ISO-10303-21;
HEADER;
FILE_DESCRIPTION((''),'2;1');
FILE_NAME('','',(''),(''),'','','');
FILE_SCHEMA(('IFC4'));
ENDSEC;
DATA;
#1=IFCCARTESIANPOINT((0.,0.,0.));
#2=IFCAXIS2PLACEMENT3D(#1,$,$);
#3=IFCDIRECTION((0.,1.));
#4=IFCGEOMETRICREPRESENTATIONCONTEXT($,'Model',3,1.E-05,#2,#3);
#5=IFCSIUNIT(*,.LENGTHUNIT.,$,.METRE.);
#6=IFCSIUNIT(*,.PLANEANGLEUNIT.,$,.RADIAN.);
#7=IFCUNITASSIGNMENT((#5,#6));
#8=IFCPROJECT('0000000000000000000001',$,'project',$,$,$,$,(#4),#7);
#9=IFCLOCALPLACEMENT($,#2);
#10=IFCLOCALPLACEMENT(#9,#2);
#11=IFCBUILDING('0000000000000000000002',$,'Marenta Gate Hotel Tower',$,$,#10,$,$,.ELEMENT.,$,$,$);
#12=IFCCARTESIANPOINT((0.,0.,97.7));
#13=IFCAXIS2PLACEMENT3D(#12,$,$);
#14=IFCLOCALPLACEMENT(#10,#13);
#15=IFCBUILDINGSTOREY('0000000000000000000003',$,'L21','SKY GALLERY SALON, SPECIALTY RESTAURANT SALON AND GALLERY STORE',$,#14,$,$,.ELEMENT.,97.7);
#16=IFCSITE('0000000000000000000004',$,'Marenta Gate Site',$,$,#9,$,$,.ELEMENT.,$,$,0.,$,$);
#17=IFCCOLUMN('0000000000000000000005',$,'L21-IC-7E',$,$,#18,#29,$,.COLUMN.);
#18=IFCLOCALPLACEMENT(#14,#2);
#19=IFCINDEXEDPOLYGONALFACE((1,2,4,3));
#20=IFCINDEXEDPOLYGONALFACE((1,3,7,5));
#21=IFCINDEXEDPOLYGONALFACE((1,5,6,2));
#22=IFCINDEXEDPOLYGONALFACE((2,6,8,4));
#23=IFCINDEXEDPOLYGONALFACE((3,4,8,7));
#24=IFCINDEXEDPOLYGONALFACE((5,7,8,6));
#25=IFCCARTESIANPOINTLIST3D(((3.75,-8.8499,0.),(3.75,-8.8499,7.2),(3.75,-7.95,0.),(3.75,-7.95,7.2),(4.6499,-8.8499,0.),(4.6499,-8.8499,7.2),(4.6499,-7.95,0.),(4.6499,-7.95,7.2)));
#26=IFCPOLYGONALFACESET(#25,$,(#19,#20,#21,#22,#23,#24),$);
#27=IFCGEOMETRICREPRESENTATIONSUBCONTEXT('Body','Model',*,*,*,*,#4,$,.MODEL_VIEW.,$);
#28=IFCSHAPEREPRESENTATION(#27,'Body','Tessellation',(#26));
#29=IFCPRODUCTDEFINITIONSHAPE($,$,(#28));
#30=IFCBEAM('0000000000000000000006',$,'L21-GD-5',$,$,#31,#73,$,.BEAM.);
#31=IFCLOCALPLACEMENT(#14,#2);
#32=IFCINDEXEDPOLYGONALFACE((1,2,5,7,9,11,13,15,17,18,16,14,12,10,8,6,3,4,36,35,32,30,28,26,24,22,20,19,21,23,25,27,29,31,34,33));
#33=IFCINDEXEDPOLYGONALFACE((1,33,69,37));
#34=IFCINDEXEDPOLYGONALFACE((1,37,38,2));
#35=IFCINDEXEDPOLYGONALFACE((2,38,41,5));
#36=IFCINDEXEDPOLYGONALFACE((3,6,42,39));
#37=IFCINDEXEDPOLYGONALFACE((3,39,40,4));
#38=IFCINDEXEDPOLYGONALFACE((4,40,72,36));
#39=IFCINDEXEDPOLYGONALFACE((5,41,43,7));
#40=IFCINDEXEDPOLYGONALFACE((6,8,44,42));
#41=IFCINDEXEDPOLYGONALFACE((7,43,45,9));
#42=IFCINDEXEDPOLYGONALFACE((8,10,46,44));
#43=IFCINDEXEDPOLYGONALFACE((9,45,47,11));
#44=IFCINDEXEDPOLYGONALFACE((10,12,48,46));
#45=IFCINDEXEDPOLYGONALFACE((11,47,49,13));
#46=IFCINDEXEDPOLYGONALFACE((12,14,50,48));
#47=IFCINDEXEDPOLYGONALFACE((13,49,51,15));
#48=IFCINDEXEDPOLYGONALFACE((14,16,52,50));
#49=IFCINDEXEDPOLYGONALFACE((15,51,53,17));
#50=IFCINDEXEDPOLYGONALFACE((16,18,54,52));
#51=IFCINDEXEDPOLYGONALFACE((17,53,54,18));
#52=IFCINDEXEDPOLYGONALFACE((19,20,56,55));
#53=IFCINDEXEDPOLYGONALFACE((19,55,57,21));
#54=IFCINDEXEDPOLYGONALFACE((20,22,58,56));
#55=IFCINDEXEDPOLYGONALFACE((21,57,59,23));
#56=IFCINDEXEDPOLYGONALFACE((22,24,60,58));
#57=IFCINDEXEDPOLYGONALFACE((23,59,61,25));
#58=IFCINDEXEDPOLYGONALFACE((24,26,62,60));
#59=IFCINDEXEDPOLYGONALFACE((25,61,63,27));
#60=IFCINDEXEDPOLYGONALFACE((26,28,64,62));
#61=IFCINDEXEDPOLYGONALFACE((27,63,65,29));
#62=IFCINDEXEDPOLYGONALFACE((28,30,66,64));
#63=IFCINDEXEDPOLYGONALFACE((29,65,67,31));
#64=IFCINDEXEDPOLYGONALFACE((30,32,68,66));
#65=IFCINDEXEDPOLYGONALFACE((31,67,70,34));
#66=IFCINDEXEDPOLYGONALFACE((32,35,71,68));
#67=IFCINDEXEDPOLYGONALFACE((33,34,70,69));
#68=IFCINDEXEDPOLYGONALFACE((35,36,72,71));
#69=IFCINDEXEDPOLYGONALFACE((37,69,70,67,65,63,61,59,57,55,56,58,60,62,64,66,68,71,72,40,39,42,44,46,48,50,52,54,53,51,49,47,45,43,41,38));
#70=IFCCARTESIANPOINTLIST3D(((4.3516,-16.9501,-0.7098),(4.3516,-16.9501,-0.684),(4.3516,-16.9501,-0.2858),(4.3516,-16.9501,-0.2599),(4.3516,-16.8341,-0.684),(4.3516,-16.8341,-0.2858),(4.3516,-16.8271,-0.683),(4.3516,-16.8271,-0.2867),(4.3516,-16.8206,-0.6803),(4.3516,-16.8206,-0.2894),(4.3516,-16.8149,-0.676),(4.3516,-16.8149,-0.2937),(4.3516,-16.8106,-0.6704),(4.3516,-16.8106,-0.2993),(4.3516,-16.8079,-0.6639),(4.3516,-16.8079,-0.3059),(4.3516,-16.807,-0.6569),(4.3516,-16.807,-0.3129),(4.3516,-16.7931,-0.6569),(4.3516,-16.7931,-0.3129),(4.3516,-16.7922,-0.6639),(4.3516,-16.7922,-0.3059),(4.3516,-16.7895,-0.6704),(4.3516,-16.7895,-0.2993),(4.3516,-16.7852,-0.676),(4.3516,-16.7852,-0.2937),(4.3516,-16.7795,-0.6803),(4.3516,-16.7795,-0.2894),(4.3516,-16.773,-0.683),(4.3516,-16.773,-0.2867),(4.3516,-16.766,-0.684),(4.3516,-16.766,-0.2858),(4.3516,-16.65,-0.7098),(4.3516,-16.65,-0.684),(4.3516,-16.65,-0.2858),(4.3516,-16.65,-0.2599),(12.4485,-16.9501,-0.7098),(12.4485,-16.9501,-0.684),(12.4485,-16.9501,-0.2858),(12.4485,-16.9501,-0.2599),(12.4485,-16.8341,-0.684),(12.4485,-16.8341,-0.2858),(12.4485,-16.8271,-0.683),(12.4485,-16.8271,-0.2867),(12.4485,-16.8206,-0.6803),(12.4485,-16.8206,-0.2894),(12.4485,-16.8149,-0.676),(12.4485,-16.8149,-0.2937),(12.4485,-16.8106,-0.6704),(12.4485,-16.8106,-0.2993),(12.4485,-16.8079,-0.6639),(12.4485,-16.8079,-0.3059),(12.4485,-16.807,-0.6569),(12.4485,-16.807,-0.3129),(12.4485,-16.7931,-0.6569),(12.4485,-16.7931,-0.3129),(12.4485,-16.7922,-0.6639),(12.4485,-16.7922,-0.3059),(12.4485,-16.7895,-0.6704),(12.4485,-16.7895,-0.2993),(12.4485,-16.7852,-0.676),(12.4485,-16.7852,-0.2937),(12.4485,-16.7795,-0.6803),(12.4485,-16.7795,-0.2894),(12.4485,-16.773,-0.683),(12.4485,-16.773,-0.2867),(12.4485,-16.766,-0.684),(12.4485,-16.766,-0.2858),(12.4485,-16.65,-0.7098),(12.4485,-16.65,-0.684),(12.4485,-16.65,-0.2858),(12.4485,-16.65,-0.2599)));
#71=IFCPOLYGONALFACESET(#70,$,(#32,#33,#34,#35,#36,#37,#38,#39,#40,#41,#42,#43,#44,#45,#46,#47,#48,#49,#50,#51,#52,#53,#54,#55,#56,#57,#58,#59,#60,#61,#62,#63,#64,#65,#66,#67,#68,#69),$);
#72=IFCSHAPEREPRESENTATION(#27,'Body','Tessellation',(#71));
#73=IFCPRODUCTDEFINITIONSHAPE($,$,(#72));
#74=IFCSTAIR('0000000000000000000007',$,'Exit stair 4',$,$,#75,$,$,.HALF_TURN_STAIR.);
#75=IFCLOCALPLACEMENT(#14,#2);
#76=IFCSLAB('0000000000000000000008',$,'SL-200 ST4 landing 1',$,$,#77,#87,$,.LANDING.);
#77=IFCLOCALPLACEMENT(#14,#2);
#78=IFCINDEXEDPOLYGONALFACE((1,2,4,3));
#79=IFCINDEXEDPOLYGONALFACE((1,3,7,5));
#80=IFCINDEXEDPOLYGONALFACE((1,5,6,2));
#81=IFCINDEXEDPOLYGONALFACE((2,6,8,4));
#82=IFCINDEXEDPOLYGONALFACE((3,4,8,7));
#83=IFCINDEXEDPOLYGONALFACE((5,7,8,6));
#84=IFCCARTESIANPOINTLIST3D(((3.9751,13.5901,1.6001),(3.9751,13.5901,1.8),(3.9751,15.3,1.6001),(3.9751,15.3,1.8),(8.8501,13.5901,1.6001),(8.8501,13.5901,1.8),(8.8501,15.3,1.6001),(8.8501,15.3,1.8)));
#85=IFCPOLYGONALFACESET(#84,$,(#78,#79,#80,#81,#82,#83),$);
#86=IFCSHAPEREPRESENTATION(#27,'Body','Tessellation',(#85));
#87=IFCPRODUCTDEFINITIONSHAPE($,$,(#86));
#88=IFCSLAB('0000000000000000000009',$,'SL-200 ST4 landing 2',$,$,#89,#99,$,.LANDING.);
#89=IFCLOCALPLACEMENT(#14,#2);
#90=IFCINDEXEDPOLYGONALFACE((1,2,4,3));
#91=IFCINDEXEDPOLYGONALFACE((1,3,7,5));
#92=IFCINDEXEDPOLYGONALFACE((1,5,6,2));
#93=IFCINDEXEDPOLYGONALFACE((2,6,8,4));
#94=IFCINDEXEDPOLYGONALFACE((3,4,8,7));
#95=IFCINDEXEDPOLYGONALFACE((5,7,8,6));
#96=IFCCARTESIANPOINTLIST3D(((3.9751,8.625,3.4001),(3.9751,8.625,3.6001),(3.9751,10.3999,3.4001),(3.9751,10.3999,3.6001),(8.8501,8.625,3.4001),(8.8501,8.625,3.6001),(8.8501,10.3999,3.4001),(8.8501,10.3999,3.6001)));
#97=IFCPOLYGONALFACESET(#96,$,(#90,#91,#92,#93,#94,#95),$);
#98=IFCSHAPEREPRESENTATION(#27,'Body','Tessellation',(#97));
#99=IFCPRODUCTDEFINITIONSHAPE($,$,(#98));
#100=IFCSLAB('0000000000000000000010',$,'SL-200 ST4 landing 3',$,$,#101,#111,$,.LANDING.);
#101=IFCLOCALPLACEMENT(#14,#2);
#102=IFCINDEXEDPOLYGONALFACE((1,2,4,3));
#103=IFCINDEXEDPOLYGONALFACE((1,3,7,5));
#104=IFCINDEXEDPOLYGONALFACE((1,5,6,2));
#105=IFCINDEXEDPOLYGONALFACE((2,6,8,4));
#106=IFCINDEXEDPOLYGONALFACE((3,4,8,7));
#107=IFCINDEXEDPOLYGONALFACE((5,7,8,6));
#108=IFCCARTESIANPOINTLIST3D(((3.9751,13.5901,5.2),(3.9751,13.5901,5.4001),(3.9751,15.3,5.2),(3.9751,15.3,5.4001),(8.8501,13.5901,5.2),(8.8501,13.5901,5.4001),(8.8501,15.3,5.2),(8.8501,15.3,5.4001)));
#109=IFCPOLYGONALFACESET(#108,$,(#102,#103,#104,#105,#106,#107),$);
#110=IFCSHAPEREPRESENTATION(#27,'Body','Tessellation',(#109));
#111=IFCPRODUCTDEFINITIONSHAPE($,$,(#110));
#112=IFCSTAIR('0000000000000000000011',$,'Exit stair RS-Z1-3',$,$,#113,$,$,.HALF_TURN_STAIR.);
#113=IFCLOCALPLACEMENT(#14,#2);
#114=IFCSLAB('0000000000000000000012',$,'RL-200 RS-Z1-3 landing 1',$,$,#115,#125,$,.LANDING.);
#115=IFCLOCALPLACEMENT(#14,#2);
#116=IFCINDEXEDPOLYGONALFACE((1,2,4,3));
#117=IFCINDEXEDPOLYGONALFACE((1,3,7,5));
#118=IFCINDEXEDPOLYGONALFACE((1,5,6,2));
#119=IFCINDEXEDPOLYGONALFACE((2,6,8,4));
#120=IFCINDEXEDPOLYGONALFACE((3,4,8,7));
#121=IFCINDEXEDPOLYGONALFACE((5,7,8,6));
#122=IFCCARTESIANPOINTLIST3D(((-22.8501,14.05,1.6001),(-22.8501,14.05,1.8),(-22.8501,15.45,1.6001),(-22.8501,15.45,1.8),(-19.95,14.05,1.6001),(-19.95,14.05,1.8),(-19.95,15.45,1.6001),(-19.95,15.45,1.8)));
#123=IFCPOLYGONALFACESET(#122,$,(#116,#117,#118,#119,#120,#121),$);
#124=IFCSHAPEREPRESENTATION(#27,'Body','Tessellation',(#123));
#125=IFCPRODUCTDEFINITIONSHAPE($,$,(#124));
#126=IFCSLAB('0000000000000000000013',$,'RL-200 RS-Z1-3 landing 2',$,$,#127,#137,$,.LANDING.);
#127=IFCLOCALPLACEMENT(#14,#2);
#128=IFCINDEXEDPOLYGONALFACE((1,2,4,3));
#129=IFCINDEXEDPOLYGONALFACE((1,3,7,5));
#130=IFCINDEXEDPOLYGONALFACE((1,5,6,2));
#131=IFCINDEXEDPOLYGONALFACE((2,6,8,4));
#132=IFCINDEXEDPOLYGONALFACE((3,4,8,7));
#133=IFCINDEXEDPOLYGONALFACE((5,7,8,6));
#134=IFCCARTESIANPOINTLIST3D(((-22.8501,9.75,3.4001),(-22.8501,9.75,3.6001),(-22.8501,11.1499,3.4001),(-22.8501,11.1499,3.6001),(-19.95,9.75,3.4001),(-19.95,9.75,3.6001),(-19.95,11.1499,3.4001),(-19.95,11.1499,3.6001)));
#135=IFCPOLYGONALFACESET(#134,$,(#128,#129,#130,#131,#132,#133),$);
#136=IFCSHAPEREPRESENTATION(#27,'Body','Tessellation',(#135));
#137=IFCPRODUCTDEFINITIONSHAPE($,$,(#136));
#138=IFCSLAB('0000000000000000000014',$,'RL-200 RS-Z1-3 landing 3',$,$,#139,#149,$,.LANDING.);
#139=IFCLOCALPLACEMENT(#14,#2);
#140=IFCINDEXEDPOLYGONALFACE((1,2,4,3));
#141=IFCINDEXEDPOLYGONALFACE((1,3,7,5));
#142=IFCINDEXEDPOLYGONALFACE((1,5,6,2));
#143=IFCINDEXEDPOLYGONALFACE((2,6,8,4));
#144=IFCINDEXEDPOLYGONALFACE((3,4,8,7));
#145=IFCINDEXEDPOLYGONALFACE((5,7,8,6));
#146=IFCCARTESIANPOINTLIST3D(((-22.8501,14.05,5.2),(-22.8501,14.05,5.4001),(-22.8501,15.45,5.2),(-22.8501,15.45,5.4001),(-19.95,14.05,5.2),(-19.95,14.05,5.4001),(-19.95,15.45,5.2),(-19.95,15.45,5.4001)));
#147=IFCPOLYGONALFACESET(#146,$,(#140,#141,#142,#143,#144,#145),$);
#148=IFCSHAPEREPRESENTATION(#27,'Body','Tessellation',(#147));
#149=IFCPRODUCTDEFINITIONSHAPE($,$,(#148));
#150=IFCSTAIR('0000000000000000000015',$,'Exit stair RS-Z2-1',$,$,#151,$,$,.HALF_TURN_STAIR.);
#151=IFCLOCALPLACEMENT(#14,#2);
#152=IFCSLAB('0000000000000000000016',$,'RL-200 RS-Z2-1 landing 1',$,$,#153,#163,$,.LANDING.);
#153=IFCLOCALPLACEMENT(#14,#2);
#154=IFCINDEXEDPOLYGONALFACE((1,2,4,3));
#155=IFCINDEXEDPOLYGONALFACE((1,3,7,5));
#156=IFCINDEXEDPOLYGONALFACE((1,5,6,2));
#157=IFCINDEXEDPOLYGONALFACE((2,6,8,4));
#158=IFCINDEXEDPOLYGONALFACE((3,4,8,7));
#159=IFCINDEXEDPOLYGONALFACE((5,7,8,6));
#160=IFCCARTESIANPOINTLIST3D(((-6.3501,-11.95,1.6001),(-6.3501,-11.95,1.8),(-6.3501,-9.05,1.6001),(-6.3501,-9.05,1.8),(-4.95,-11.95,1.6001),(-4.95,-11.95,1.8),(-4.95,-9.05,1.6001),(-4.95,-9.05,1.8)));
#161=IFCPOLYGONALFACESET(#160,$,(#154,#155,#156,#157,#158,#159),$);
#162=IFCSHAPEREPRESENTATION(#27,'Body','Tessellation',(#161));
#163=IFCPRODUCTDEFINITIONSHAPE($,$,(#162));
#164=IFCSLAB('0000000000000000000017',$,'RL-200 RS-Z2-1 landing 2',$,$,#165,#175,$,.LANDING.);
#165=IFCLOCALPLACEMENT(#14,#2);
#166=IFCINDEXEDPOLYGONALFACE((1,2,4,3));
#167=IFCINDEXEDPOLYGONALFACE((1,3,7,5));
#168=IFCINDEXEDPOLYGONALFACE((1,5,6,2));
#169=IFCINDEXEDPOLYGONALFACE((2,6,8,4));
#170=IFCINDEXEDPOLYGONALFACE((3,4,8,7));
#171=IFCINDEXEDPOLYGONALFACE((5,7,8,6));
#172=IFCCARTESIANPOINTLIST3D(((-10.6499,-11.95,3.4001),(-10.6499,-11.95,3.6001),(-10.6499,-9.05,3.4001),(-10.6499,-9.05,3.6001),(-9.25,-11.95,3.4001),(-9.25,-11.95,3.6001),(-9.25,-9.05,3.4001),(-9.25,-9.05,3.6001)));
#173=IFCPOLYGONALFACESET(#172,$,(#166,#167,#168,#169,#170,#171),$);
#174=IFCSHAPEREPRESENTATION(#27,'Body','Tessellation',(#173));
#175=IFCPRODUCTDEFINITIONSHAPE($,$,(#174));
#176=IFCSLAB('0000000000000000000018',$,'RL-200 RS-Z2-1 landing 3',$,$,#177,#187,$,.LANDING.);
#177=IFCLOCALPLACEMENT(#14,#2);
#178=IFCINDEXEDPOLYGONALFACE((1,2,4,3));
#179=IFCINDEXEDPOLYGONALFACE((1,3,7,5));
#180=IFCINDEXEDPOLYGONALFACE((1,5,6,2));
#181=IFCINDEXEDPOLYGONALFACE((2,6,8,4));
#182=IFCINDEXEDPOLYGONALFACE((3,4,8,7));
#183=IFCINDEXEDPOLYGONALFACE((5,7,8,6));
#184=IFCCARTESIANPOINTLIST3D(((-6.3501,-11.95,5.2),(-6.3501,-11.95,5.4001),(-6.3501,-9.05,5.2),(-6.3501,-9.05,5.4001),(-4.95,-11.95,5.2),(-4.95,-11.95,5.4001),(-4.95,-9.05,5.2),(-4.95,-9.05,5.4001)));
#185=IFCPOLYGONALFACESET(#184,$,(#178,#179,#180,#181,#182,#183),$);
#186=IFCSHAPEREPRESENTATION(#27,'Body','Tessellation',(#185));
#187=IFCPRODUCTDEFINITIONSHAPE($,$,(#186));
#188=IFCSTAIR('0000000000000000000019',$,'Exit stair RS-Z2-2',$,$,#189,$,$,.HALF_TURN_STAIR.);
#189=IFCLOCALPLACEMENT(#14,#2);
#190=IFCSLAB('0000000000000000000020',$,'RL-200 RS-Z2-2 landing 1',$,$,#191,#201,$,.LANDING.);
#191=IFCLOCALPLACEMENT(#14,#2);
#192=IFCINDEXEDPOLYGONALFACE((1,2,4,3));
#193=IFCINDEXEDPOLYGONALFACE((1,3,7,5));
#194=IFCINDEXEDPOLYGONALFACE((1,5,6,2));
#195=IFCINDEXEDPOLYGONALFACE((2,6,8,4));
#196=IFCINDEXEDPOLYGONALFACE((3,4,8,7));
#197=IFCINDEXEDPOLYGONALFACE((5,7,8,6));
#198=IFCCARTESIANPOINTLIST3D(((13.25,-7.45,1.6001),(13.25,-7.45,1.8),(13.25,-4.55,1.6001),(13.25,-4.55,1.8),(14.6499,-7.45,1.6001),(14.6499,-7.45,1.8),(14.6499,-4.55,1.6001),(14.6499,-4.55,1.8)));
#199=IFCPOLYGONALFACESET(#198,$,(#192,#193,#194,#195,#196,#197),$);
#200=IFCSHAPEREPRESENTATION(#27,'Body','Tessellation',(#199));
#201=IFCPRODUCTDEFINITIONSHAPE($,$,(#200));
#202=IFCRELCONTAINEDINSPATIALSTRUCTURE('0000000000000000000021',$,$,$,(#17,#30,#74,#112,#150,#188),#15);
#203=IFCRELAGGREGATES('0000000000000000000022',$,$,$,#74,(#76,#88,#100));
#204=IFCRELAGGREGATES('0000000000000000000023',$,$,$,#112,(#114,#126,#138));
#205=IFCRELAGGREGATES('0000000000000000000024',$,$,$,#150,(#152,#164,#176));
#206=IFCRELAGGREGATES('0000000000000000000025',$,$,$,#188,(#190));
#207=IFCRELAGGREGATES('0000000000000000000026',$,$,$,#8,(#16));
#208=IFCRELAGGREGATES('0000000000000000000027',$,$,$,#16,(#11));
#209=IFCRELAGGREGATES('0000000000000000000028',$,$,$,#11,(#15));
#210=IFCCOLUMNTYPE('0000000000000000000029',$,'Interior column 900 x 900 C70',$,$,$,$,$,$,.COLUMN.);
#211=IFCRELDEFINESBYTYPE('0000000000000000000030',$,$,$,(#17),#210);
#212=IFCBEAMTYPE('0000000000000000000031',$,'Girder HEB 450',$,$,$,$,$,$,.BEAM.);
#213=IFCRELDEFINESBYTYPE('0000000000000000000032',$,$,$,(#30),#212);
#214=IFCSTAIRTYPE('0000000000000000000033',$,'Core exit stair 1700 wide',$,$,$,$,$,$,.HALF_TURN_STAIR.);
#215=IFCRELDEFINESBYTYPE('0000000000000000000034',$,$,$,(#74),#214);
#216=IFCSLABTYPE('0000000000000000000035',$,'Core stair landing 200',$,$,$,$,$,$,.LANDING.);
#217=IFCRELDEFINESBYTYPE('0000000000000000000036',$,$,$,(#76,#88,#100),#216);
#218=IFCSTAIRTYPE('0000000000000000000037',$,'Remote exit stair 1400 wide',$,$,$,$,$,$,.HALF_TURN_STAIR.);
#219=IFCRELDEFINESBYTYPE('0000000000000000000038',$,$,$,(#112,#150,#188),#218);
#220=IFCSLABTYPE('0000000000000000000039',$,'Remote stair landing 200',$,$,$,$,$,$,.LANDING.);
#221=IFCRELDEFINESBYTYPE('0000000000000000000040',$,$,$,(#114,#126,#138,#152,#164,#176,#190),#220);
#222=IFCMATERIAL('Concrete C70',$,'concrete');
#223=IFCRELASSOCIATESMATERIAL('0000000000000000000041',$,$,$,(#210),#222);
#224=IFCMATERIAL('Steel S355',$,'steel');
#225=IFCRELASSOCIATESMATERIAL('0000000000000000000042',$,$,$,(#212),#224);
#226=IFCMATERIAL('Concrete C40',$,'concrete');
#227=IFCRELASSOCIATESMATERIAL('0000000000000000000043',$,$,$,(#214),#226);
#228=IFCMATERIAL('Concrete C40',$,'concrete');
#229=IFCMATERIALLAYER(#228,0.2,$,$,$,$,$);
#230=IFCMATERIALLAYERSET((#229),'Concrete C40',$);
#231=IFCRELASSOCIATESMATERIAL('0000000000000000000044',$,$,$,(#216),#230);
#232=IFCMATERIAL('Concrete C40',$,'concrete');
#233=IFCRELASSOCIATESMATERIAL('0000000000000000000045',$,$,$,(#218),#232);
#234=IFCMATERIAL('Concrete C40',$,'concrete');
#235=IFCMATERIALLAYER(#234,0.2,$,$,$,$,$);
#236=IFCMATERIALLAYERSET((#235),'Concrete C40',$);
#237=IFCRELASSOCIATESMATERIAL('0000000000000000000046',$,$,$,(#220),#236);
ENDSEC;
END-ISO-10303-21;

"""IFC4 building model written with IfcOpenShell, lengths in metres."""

from ifc_helpers import new_model, si_unit, direction, frame, origin, origin_2d, place, context, subcontext, project, spatial, polyline, rectangle, i_section, outline, extrude, material, layer, layer_set, material_profile, profile_set, type_object, element, aggregate, save


model = new_model("IFC4")

# Units and contexts
model_context = context("Model", 3, precision=1e-05, world=origin(), true_north=direction((0.0, 1.0)))
body_context = subcontext(model_context, "Body", "Model", "MODEL_VIEW")
ifc_project = project(units=[si_unit("LENGTHUNIT", "METRE"), si_unit("PLANEANGLEUNIT", "RADIAN")], contexts=[model_context])

# Site, building, storey
site_placement = place(None, origin())
site = spatial("IfcSite", under=ifc_project, at=site_placement, Name="Marenta Gate Site", CompositionType="ELEMENT", RefElevation=0.0)
building_placement = place(site_placement, origin())
building = spatial("IfcBuilding", under=site, at=building_placement, Name="Marenta Gate Hotel Tower", CompositionType="ELEMENT")
storey_placement = place(building_placement, frame((0.0, 0.0, 97.7)))
storey = spatial("IfcBuildingStorey", under=building, at=storey_placement, Name="L21", Description="SKY GALLERY SALON, SPECIALTY RESTAURANT SALON AND GALLERY STORE", CompositionType="ELEMENT", Elevation=97.7)

# Column
ifc_material_1 = material(Name="Concrete C70", Category="concrete")
ifc_material_profile_1 = material_profile(ifc_material_1, rectangle(XDim=0.8999, YDim=0.8999, at=origin_2d()), Name="900 x 900")
ifc_profile_set_1 = profile_set([ifc_material_profile_1], Name="Concrete C70")
column_type = type_object("IfcColumnType", Name="Interior column 900 x 900 C70", PredefinedType="COLUMN", material=ifc_profile_set_1)
column_placement = place(storey_placement, frame((4.2, -8.3999, 0.0), z_axis=(0.0, 0.0, 1.0), x_axis=(1.0, 0.0, 0.0)))
element("IfcColumn", 1, at=column_placement, inside=storey, type_object=column_type, Name="L21-IC-7E", PredefinedType="COLUMN", context=body_context, shape_type="SweptSolid", body=[
    extrude(rectangle(XDim=0.8999, YDim=0.8999, at=origin_2d()), origin(), (0.0, 0.0, 1.0), 7.2),
])

# Beam
ifc_material_2 = material(Name="Steel S355", Category="steel")
ifc_material_profile_2 = material_profile(ifc_material_2, i_section(OverallWidth=0.3, OverallDepth=0.45, WebThickness=0.0139, FlangeThickness=0.0259, FilletRadius=0.0271, at=origin_2d()), Name="HEB 450")
ifc_profile_set_2 = profile_set([ifc_material_profile_2], Name="Steel S355")
beam_type = type_object("IfcBeamType", Name="Girder HEB 450", PredefinedType="BEAM", material=ifc_profile_set_2)
beam_placement = place(storey_placement, frame((4.3516, -16.8, -0.4849), z_axis=(1.0, 0.0, 0.0), x_axis=(0.0, 1.0, 0.0)))
element("IfcBeam", 2, at=beam_placement, inside=storey, type_object=beam_type, Name="L21-GD-5", PredefinedType="BEAM", context=body_context, shape_type="SweptSolid", body=[
    extrude(i_section(OverallWidth=0.3, OverallDepth=0.45, WebThickness=0.0139, FlangeThickness=0.0259, FilletRadius=0.0271, at=origin_2d()), origin(), (0.0, 0.0, 1.0), 8.0969),
])

# Stairs, slabs
ifc_material_3 = material(Name="Concrete C40", Category="concrete")
stair_type_1 = type_object("IfcStairType", Name="Core exit stair 1700 wide", PredefinedType="HALF_TURN_STAIR", material=ifc_material_3)
stair_1_placement = place(storey_placement, origin())
stair_1 = element("IfcStair", 3, at=stair_1_placement, inside=storey, type_object=stair_type_1, Name="Exit stair 4", PredefinedType="HALF_TURN_STAIR")
ifc_material_4 = material(Name="Concrete C40", Category="concrete")
ifc_layer_1 = layer(ifc_material_4, 0.2)
ifc_layer_set_1 = layer_set([ifc_layer_1], Name="Concrete C40")
slab_type_1 = type_object("IfcSlabType", Name="Core stair landing 200", PredefinedType="LANDING", material=ifc_layer_set_1)
slab_1_placement = place(storey_placement, frame((0.0, 0.0, 1.6001)))
slab_1 = element("IfcSlab", 4, at=slab_1_placement, type_object=slab_type_1, Name="SL-200 ST4 landing 1", PredefinedType="LANDING", context=body_context, shape_type="SweptSolid", body=[
    extrude(outline(polyline([(3.9751, 13.5901), (8.8501, 13.5901), (8.8501, 15.3), (3.9751, 15.3), (3.9751, 13.5901)])), origin(), (0.0, 0.0, 1.0), 0.2),
])
slab_2_placement = place(storey_placement, frame((0.0, 0.0, 3.4001)))
slab_2 = element("IfcSlab", 5, at=slab_2_placement, type_object=slab_type_1, Name="SL-200 ST4 landing 2", PredefinedType="LANDING", context=body_context, shape_type="SweptSolid", body=[
    extrude(outline(polyline([(3.9751, 8.625), (8.8501, 8.625), (8.8501, 10.3999), (3.9751, 10.3999), (3.9751, 8.625)])), origin(), (0.0, 0.0, 1.0), 0.2),
])
slab_3_placement = place(storey_placement, frame((0.0, 0.0, 5.2)))
slab_3 = element("IfcSlab", 6, at=slab_3_placement, type_object=slab_type_1, Name="SL-200 ST4 landing 3", PredefinedType="LANDING", context=body_context, shape_type="SweptSolid", body=[
    extrude(outline(polyline([(3.9751, 13.5901), (8.8501, 13.5901), (8.8501, 15.3), (3.9751, 15.3), (3.9751, 13.5901)])), origin(), (0.0, 0.0, 1.0), 0.2002),
])
aggregate(stair_1, [slab_1, slab_2, slab_3])
ifc_material_5 = material(Name="Concrete C40", Category="concrete")
stair_type_2 = type_object("IfcStairType", Name="Remote exit stair 1400 wide", PredefinedType="HALF_TURN_STAIR", material=ifc_material_5)
stair_2_placement = place(storey_placement, origin())
stair_2 = element("IfcStair", 7, at=stair_2_placement, inside=storey, type_object=stair_type_2, Name="Exit stair RS-Z1-3", PredefinedType="HALF_TURN_STAIR")
ifc_material_6 = material(Name="Concrete C40", Category="concrete")
ifc_layer_2 = layer(ifc_material_6, 0.2)
ifc_layer_set_2 = layer_set([ifc_layer_2], Name="Concrete C40")
slab_type_2 = type_object("IfcSlabType", Name="Remote stair landing 200", PredefinedType="LANDING", material=ifc_layer_set_2)
slab_4_placement = place(storey_placement, frame((0.0, 0.0, 1.6001)))
slab_4 = element("IfcSlab", 8, at=slab_4_placement, type_object=slab_type_2, Name="RL-200 RS-Z1-3 landing 1", PredefinedType="LANDING", context=body_context, shape_type="SweptSolid", body=[
    extrude(outline(polyline([(-22.8501, 14.05), (-19.95, 14.05), (-19.95, 15.45), (-22.8501, 15.45), (-22.8501, 14.05)])), origin(), (0.0, 0.0, 1.0), 0.2),
])
slab_5_placement = place(storey_placement, frame((0.0, 0.0, 3.4001)))
slab_5 = element("IfcSlab", 9, at=slab_5_placement, type_object=slab_type_2, Name="RL-200 RS-Z1-3 landing 2", PredefinedType="LANDING", context=body_context, shape_type="SweptSolid", body=[
    extrude(outline(polyline([(-22.8501, 9.75), (-19.95, 9.75), (-19.95, 11.1499), (-22.8501, 11.1499), (-22.8501, 9.75)])), origin(), (0.0, 0.0, 1.0), 0.2),
])
slab_6_placement = place(storey_placement, frame((0.0, 0.0, 5.2)))
slab_6 = element("IfcSlab", 10, at=slab_6_placement, type_object=slab_type_2, Name="RL-200 RS-Z1-3 landing 3", PredefinedType="LANDING", context=body_context, shape_type="SweptSolid", body=[
    extrude(outline(polyline([(-22.8501, 14.05), (-19.95, 14.05), (-19.95, 15.45), (-22.8501, 15.45), (-22.8501, 14.05)])), origin(), (0.0, 0.0, 1.0), 0.2002),
])
aggregate(stair_2, [slab_4, slab_5, slab_6])
stair_3_placement = place(storey_placement, origin())
stair_3 = element("IfcStair", 11, at=stair_3_placement, inside=storey, type_object=stair_type_2, Name="Exit stair RS-Z2-1", PredefinedType="HALF_TURN_STAIR")
slab_7_placement = place(storey_placement, frame((0.0, 0.0, 1.6001)))
slab_7 = element("IfcSlab", 12, at=slab_7_placement, type_object=slab_type_2, Name="RL-200 RS-Z2-1 landing 1", PredefinedType="LANDING", context=body_context, shape_type="SweptSolid", body=[
    extrude(outline(polyline([(-6.3501, -11.95), (-4.95, -11.95), (-4.95, -9.05), (-6.3501, -9.05), (-6.3501, -11.95)])), origin(), (0.0, 0.0, 1.0), 0.2),
])
slab_8_placement = place(storey_placement, frame((0.0, 0.0, 3.4001)))
slab_8 = element("IfcSlab", 13, at=slab_8_placement, type_object=slab_type_2, Name="RL-200 RS-Z2-1 landing 2", PredefinedType="LANDING", context=body_context, shape_type="SweptSolid", body=[
    extrude(outline(polyline([(-10.6499, -11.95), (-9.25, -11.95), (-9.25, -9.05), (-10.6499, -9.05), (-10.6499, -11.95)])), origin(), (0.0, 0.0, 1.0), 0.2),
])
slab_9_placement = place(storey_placement, frame((0.0, 0.0, 5.2)))
slab_9 = element("IfcSlab", 14, at=slab_9_placement, type_object=slab_type_2, Name="RL-200 RS-Z2-1 landing 3", PredefinedType="LANDING", context=body_context, shape_type="SweptSolid", body=[
    extrude(outline(polyline([(-6.3501, -11.95), (-4.95, -11.95), (-4.95, -9.05), (-6.3501, -9.05), (-6.3501, -11.95)])), origin(), (0.0, 0.0, 1.0), 0.2002),
])
aggregate(stair_3, [slab_7, slab_8, slab_9])
stair_4_placement = place(storey_placement, origin())
stair_4 = element("IfcStair", 15, at=stair_4_placement, inside=storey, type_object=stair_type_2, Name="Exit stair RS-Z2-2", PredefinedType="HALF_TURN_STAIR")
slab_10_placement = place(storey_placement, frame((0.0, 0.0, 1.6001)))
slab_10 = element("IfcSlab", 16, at=slab_10_placement, type_object=slab_type_2, Name="RL-200 RS-Z2-2 landing 1", PredefinedType="LANDING", context=body_context, shape_type="SweptSolid", body=[
    extrude(outline(polyline([(13.25, -7.45), (14.6499, -7.45), (14.6499, -4.55), (13.25, -4.55), (13.25, -7.45)])), origin(), (0.0, 0.0, 1.0), 0.2),
])
aggregate(stair_4, [slab_10])

save(model, "model.ifc")
